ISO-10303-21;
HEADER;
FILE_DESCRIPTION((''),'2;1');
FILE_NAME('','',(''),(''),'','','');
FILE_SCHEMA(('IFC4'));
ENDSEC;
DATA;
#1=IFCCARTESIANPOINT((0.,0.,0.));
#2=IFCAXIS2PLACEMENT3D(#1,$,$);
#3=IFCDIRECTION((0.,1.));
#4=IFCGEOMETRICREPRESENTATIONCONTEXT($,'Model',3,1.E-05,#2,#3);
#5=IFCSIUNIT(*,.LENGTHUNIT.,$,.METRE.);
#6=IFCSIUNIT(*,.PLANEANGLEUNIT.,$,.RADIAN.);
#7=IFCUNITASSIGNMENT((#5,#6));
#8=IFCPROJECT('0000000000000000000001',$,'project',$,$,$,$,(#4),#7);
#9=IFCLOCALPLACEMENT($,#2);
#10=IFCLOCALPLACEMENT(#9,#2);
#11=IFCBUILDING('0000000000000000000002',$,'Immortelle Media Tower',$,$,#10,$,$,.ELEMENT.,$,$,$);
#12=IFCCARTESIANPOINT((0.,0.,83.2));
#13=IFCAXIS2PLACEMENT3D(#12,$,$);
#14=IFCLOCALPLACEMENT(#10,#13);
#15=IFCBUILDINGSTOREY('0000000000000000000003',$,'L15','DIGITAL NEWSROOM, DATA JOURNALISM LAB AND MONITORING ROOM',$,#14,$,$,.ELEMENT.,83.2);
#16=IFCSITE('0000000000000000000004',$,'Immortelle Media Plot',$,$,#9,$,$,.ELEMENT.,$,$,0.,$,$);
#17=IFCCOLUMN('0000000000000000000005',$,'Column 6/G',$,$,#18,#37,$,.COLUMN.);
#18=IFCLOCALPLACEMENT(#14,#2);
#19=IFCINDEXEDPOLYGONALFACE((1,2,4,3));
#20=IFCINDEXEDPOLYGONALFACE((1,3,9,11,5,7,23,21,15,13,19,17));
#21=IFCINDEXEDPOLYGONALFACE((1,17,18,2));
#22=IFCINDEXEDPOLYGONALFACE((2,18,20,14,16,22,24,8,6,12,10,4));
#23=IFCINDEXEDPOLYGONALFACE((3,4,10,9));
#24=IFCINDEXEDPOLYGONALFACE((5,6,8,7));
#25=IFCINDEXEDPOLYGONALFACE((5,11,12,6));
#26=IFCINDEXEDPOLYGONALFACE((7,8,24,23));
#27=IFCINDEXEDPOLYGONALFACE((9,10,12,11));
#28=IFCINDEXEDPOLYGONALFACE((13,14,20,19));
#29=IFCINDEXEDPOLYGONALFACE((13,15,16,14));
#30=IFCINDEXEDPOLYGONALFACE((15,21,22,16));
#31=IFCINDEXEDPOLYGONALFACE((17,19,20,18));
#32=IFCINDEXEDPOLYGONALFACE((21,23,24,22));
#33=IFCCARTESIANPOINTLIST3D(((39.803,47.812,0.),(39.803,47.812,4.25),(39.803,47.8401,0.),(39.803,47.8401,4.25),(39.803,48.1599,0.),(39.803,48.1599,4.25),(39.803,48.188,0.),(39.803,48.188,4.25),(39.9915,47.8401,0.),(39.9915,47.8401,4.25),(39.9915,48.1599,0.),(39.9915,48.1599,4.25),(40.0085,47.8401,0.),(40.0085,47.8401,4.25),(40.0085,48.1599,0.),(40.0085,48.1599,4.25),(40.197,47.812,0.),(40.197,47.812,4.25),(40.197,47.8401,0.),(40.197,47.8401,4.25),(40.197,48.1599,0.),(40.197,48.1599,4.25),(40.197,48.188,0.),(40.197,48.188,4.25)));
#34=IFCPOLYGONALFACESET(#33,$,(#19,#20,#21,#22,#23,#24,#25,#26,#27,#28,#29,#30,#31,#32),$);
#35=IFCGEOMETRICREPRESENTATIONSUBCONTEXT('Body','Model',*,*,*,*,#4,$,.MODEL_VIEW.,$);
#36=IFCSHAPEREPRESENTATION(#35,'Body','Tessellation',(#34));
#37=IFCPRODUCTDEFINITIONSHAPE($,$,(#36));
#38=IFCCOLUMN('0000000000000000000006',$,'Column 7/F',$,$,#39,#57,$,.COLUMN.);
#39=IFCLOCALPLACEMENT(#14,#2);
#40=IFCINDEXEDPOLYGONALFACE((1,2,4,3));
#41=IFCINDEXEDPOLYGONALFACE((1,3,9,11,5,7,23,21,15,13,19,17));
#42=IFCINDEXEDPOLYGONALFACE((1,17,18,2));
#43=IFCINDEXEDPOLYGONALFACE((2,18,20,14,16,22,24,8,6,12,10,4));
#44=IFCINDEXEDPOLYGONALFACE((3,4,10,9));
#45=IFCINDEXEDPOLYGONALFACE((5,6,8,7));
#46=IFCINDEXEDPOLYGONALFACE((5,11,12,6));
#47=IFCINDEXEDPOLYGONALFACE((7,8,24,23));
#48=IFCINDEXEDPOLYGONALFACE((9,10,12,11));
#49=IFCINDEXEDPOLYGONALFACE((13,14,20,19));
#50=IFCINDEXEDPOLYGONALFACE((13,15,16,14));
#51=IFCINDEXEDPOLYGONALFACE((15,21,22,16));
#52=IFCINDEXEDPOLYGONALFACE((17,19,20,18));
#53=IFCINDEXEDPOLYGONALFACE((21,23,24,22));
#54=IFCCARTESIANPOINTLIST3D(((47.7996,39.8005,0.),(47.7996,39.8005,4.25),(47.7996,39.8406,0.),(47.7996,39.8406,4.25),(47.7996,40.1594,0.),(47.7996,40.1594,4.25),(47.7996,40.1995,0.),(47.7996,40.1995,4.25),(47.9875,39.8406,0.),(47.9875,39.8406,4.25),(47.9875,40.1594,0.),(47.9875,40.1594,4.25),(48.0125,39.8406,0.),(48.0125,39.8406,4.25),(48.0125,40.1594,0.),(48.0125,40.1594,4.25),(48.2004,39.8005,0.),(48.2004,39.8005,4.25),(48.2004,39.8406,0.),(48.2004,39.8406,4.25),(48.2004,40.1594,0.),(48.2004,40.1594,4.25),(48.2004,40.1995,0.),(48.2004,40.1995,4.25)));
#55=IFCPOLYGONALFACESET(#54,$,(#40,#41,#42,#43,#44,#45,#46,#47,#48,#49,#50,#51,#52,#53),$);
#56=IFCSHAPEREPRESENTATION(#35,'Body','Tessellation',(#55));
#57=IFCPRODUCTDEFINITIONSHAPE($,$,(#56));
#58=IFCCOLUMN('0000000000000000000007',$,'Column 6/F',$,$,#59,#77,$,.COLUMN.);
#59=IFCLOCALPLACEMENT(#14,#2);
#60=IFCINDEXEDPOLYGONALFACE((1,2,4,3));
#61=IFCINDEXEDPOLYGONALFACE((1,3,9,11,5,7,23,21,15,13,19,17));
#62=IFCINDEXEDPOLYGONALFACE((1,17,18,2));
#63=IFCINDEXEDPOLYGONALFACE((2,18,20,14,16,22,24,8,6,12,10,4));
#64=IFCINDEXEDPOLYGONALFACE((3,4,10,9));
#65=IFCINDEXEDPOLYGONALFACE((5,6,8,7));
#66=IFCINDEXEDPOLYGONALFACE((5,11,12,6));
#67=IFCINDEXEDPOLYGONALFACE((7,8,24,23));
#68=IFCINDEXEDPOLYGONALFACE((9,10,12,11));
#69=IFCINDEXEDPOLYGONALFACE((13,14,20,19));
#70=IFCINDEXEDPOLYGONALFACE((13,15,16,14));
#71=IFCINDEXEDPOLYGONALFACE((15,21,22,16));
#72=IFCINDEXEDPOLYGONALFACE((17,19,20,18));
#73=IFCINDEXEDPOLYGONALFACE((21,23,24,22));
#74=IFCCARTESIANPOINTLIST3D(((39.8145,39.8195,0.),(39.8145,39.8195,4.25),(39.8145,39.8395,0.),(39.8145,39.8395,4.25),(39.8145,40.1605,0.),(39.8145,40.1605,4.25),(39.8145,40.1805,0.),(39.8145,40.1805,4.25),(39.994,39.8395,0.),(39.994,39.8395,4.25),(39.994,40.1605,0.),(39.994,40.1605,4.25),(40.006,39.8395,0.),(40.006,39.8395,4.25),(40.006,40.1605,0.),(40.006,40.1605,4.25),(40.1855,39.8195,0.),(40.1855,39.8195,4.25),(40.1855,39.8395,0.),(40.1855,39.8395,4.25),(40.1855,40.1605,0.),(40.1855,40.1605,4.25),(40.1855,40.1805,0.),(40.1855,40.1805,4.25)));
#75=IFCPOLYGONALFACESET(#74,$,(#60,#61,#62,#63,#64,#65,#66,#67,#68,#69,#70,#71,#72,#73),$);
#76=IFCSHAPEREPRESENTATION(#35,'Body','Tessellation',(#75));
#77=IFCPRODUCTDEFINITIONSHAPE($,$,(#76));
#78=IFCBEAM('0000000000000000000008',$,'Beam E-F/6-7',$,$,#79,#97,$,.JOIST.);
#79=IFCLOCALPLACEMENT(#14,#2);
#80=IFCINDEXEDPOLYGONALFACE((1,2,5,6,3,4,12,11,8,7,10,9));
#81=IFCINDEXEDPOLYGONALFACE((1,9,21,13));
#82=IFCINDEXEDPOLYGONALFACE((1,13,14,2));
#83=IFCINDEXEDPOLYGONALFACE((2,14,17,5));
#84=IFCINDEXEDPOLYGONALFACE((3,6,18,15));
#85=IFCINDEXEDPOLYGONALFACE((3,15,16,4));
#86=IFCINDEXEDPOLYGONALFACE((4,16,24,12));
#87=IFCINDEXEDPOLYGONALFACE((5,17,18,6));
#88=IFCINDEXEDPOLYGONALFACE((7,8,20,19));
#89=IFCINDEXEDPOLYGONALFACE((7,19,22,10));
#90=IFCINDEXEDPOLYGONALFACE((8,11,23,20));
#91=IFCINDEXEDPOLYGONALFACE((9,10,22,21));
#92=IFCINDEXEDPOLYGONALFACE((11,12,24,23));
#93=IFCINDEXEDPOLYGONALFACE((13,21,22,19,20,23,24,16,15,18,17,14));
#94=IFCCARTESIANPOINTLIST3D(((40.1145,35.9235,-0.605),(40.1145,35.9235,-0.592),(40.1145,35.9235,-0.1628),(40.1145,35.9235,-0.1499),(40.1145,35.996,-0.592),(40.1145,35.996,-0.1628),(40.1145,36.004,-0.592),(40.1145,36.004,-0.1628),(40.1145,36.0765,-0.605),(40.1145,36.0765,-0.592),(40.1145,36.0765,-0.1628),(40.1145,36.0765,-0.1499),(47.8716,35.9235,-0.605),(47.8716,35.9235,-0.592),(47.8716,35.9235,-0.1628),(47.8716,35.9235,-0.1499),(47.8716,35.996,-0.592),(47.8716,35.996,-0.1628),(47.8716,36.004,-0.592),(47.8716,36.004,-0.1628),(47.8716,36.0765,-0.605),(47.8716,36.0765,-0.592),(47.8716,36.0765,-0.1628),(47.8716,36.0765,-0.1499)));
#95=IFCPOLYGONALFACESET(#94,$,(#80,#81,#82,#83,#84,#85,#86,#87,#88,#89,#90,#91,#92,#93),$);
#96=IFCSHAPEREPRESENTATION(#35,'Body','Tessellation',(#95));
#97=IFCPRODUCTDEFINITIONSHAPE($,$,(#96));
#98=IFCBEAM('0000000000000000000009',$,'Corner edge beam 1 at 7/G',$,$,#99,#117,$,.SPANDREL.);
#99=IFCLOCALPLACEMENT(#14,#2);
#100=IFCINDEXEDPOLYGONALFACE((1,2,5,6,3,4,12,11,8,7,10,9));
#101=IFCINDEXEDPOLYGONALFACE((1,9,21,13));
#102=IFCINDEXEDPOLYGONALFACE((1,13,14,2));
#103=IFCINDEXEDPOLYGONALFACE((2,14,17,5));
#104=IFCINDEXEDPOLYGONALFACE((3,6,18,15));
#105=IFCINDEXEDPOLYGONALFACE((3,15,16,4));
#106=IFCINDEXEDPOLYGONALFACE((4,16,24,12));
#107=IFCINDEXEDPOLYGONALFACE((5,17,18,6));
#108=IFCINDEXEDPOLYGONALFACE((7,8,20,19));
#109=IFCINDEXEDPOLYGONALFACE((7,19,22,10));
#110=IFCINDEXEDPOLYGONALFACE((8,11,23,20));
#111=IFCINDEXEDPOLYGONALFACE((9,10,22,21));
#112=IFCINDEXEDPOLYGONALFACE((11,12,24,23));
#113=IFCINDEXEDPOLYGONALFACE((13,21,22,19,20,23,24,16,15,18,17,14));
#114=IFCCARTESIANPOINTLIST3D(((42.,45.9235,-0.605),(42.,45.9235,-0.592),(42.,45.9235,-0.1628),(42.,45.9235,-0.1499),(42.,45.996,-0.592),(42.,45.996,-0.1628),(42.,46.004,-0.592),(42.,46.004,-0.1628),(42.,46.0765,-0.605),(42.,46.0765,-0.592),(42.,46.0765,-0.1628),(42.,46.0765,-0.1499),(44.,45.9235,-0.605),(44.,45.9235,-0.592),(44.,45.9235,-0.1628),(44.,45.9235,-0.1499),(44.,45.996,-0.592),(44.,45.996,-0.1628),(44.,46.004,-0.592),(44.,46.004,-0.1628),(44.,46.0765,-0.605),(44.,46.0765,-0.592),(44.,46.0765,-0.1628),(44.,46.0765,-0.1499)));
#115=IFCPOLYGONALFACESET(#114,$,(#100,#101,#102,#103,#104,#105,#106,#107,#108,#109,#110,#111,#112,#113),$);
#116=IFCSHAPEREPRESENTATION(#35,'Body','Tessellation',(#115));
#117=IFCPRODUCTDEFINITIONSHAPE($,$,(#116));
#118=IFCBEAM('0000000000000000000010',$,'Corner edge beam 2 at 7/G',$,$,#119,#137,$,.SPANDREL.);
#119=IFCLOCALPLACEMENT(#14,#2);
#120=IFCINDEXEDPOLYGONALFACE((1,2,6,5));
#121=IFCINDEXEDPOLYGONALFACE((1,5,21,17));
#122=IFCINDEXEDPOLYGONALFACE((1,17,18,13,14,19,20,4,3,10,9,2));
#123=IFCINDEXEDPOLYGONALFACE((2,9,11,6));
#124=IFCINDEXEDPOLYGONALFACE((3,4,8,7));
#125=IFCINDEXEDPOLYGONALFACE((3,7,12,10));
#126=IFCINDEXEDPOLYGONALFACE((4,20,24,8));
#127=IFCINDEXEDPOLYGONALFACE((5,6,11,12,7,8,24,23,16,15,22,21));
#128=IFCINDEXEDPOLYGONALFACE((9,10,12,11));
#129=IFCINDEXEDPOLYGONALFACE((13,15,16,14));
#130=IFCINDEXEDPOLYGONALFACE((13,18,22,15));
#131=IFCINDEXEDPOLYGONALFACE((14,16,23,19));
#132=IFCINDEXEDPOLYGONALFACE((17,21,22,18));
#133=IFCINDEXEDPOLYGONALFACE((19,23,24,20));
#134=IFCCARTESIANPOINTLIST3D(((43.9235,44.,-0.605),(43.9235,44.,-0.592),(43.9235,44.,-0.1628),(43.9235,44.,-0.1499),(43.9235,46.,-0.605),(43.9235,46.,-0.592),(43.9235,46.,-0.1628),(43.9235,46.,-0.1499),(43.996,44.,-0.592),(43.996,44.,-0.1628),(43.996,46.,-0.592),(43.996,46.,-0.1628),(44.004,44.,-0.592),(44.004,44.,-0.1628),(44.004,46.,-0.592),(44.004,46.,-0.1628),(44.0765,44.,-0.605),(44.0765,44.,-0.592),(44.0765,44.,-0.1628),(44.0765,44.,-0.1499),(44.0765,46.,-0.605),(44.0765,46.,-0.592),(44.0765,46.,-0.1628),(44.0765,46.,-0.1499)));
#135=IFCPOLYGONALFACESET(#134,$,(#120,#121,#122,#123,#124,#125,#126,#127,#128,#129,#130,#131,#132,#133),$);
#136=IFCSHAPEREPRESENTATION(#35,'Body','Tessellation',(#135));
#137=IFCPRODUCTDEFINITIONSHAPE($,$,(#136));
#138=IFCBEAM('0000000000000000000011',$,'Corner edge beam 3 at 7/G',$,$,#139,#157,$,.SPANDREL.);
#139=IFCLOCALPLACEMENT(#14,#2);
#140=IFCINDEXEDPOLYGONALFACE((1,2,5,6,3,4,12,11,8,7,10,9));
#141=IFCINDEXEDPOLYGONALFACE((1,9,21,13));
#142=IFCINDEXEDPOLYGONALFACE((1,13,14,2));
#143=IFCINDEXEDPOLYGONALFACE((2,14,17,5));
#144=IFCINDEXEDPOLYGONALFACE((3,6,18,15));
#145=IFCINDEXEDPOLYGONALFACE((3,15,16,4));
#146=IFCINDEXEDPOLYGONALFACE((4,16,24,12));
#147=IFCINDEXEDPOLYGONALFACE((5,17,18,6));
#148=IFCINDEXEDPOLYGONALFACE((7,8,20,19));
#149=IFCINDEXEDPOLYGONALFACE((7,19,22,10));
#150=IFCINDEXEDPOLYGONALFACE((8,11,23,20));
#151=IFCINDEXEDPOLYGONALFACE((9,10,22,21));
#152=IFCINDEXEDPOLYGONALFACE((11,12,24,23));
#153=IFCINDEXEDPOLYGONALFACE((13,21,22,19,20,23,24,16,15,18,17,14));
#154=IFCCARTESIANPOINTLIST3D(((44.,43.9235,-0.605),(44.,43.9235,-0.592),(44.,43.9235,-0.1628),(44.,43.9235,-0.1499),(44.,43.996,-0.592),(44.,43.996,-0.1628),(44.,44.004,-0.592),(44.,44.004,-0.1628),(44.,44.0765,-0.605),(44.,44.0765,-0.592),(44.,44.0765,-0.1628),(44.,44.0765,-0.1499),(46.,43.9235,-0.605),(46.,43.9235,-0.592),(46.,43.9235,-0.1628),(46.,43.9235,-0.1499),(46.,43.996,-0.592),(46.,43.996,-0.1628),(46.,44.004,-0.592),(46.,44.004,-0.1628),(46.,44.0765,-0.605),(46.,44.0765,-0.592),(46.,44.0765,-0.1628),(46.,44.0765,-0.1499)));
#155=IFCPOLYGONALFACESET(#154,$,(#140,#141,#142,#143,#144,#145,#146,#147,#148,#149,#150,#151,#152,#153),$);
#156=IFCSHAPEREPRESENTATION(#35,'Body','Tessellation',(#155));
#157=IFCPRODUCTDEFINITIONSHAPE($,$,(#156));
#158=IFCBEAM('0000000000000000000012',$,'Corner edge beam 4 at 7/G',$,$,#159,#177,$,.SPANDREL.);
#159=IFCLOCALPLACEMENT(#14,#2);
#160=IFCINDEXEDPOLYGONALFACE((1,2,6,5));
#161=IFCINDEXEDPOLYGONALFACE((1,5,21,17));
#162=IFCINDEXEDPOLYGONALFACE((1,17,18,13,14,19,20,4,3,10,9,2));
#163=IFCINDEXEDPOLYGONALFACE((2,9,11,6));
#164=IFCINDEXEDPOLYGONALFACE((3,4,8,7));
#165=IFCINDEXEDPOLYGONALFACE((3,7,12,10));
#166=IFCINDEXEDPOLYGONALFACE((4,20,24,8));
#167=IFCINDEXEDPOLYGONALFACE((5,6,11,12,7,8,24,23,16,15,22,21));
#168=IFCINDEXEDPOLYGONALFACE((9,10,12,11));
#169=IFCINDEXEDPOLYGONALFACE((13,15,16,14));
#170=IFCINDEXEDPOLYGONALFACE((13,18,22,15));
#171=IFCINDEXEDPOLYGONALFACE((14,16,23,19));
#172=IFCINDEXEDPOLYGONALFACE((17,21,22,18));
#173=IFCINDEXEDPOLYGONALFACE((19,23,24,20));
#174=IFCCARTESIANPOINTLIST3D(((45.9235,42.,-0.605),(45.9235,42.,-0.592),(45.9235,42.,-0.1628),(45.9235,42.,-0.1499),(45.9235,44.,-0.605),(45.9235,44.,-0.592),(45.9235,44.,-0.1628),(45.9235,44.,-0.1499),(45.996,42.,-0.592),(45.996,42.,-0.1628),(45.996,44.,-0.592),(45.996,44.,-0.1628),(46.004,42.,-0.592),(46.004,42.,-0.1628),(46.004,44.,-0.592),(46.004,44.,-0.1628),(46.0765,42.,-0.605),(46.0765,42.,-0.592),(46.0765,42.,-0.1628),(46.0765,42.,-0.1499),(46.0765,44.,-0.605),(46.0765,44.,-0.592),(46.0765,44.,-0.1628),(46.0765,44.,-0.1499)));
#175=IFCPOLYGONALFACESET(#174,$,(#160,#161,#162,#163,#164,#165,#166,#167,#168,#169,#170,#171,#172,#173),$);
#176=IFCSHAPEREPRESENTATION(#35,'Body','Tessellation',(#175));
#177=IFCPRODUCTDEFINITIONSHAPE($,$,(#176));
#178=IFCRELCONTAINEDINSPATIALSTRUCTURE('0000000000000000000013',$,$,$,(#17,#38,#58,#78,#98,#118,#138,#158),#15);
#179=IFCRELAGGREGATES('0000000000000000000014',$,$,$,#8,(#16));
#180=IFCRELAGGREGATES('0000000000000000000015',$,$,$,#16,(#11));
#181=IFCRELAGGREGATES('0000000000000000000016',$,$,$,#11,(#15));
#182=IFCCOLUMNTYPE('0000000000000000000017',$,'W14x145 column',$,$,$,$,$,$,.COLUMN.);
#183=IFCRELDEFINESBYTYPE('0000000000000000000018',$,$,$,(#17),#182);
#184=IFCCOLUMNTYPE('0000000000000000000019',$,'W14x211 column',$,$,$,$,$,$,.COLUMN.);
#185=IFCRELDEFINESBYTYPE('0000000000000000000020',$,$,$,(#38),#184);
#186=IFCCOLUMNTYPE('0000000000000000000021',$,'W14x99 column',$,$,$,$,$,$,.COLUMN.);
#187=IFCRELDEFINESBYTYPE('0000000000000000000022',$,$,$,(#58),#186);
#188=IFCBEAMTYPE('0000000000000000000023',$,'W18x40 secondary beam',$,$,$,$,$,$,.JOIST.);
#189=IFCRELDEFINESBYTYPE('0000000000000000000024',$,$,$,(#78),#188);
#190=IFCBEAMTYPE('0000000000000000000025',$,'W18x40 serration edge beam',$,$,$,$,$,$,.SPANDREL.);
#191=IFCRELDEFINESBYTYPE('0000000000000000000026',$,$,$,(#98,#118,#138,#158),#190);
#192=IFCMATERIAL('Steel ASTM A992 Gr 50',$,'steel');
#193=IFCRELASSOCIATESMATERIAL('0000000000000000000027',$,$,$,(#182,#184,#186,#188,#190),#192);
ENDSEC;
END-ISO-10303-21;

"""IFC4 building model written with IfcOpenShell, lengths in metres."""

from ifc_helpers import new_model, si_unit, direction, frame, origin, origin_2d, place, context, subcontext, project, spatial, i_section, extrude, material, material_profile, profile_set, type_object, element, save


model = new_model("IFC4")

# Units and contexts
model_context = context("Model", 3, precision=1e-05, world=origin(), true_north=direction((0.0, 1.0)))
body_context = subcontext(model_context, "Body", "Model", "MODEL_VIEW")
ifc_project = project(units=[si_unit("LENGTHUNIT", "METRE"), si_unit("PLANEANGLEUNIT", "RADIAN")], contexts=[model_context])

# Site, building, storey
site_placement = place(None, origin())
site = spatial("IfcSite", under=ifc_project, at=site_placement, Name="Immortelle Media Plot", CompositionType="ELEMENT", RefElevation=0.0)
building_placement = place(site_placement, origin())
building = spatial("IfcBuilding", under=site, at=building_placement, Name="Immortelle Media Tower", CompositionType="ELEMENT")
storey_placement = place(building_placement, frame((0.0, 0.0, 83.2)))
storey = spatial("IfcBuildingStorey", under=building, at=storey_placement, Name="L15", Description="DIGITAL NEWSROOM, DATA JOURNALISM LAB AND MONITORING ROOM", CompositionType="ELEMENT", Elevation=83.2)

# Columns
ifc_material_1 = material(Name="Steel ASTM A992 Gr 50", Category="steel")
ifc_material_profile_1 = material_profile(ifc_material_1, i_section(OverallWidth=0.394, OverallDepth=0.376, WebThickness=0.0171, FlangeThickness=0.0281, at=origin_2d()), Name="W14x145")
ifc_profile_set_1 = profile_set([ifc_material_profile_1], Name="Steel ASTM A992 Gr 50")
column_type_1 = type_object("IfcColumnType", Name="W14x145 column", PredefinedType="COLUMN", material=ifc_profile_set_1)
column_1_placement = place(storey_placement, frame((40.0, 48.0, 0.0), z_axis=(0.0, 0.0, 1.0), x_axis=(1.0, 0.0, 0.0)))
element("IfcColumn", 1, at=column_1_placement, inside=storey, type_object=column_type_1, Name="Column 6/G", PredefinedType="COLUMN", context=body_context, shape_type="SweptSolid", body=[
    extrude(i_section(OverallWidth=0.394, OverallDepth=0.376, WebThickness=0.0171, FlangeThickness=0.0281, at=origin_2d()), origin(), (0.0, 0.0, 1.0), 4.25),
])
ifc_material_profile_2 = material_profile(ifc_material_1, i_section(OverallWidth=0.4009, OverallDepth=0.3989, WebThickness=0.0249, FlangeThickness=0.04, at=origin_2d()), Name="W14x211")
ifc_profile_set_2 = profile_set([ifc_material_profile_2], Name="Steel ASTM A992 Gr 50")
column_type_2 = type_object("IfcColumnType", Name="W14x211 column", PredefinedType="COLUMN", material=ifc_profile_set_2)
column_2_placement = place(storey_placement, frame((48.0, 40.0, 0.0), z_axis=(0.0, 0.0, 1.0), x_axis=(1.0, 0.0, 0.0)))
element("IfcColumn", 2, at=column_2_placement, inside=storey, type_object=column_type_2, Name="Column 7/F", PredefinedType="COLUMN", context=body_context, shape_type="SweptSolid", body=[
    extrude(i_section(OverallWidth=0.4009, OverallDepth=0.3989, WebThickness=0.0249, FlangeThickness=0.04, at=origin_2d()), origin(), (0.0, 0.0, 1.0), 4.25),
])
ifc_material_profile_3 = material_profile(ifc_material_1, i_section(OverallWidth=0.3711, OverallDepth=0.3611, WebThickness=0.012, FlangeThickness=0.02, at=origin_2d()), Name="W14x99")
ifc_profile_set_3 = profile_set([ifc_material_profile_3], Name="Steel ASTM A992 Gr 50")
column_type_3 = type_object("IfcColumnType", Name="W14x99 column", PredefinedType="COLUMN", material=ifc_profile_set_3)
column_3_placement = place(storey_placement, frame((40.0, 40.0, 0.0), z_axis=(0.0, 0.0, 1.0), x_axis=(1.0, 0.0, 0.0)))
element("IfcColumn", 3, at=column_3_placement, inside=storey, type_object=column_type_3, Name="Column 6/F", PredefinedType="COLUMN", context=body_context, shape_type="SweptSolid", body=[
    extrude(i_section(OverallWidth=0.3711, OverallDepth=0.3611, WebThickness=0.012, FlangeThickness=0.02, at=origin_2d()), origin(), (0.0, 0.0, 1.0), 4.25),
])

# Beams
ifc_material_profile_4 = material_profile(ifc_material_1, i_section(OverallWidth=0.1531, OverallDepth=0.4551, WebThickness=0.0081, FlangeThickness=0.0129, at=origin_2d()), Name="W18x40")
ifc_profile_set_4 = profile_set([ifc_material_profile_4], Name="Steel ASTM A992 Gr 50")
beam_type_1 = type_object("IfcBeamType", Name="W18x40 secondary beam", PredefinedType="JOIST", material=ifc_profile_set_4)
beam_1_placement = place(storey_placement, frame((40.1145, 36.0, -0.3774), z_axis=(1.0, 0.0, 0.0), x_axis=(0.0, 1.0, 0.0)))
element("IfcBeam", 4, at=beam_1_placement, inside=storey, type_object=beam_type_1, Name="Beam E-F/6-7", PredefinedType="JOIST", context=body_context, shape_type="SweptSolid", body=[
    extrude(i_section(OverallWidth=0.1531, OverallDepth=0.4551, WebThickness=0.0081, FlangeThickness=0.0129, at=origin_2d()), origin(), (0.0, 0.0, 1.0), 7.7571),
])
ifc_material_profile_5 = material_profile(ifc_material_1, i_section(OverallWidth=0.1531, OverallDepth=0.4551, WebThickness=0.0081, FlangeThickness=0.0129, at=origin_2d()), Name="W18x40")
ifc_profile_set_5 = profile_set([ifc_material_profile_5], Name="Steel ASTM A992 Gr 50")
beam_type_2 = type_object("IfcBeamType", Name="W18x40 serration edge beam", PredefinedType="SPANDREL", material=ifc_profile_set_5)
for number, where, z_axis, x_axis, name in (
    (5, (42.0, 46.0, -0.3774), (1.0, 0.0, 0.0), (0.0, 1.0, 0.0), "Corner edge beam 1 at 7/G"),
    (6, (44.0, 46.0, -0.3774), (0.0, -1.0, 0.0), (1.0, 0.0, 0.0), "Corner edge beam 2 at 7/G"),
    (7, (44.0, 44.0, -0.3774), (1.0, 0.0, 0.0), (0.0, 1.0, 0.0), "Corner edge beam 3 at 7/G"),
    (8, (46.0, 44.0, -0.3774), (0.0, -1.0, 0.0), (1.0, 0.0, 0.0), "Corner edge beam 4 at 7/G"),
):
    element("IfcBeam", number, at=place(storey_placement, frame(where, z_axis=z_axis, x_axis=x_axis)), inside=storey, type_object=beam_type_2, Name=name, PredefinedType="SPANDREL", context=body_context, shape_type="SweptSolid", body=[
        extrude(i_section(OverallWidth=0.1531, OverallDepth=0.4551, WebThickness=0.0081, FlangeThickness=0.0129, at=origin_2d()), origin(), (0.0, 0.0, 1.0), 2.0),
    ])

save(model, "model.ifc")
